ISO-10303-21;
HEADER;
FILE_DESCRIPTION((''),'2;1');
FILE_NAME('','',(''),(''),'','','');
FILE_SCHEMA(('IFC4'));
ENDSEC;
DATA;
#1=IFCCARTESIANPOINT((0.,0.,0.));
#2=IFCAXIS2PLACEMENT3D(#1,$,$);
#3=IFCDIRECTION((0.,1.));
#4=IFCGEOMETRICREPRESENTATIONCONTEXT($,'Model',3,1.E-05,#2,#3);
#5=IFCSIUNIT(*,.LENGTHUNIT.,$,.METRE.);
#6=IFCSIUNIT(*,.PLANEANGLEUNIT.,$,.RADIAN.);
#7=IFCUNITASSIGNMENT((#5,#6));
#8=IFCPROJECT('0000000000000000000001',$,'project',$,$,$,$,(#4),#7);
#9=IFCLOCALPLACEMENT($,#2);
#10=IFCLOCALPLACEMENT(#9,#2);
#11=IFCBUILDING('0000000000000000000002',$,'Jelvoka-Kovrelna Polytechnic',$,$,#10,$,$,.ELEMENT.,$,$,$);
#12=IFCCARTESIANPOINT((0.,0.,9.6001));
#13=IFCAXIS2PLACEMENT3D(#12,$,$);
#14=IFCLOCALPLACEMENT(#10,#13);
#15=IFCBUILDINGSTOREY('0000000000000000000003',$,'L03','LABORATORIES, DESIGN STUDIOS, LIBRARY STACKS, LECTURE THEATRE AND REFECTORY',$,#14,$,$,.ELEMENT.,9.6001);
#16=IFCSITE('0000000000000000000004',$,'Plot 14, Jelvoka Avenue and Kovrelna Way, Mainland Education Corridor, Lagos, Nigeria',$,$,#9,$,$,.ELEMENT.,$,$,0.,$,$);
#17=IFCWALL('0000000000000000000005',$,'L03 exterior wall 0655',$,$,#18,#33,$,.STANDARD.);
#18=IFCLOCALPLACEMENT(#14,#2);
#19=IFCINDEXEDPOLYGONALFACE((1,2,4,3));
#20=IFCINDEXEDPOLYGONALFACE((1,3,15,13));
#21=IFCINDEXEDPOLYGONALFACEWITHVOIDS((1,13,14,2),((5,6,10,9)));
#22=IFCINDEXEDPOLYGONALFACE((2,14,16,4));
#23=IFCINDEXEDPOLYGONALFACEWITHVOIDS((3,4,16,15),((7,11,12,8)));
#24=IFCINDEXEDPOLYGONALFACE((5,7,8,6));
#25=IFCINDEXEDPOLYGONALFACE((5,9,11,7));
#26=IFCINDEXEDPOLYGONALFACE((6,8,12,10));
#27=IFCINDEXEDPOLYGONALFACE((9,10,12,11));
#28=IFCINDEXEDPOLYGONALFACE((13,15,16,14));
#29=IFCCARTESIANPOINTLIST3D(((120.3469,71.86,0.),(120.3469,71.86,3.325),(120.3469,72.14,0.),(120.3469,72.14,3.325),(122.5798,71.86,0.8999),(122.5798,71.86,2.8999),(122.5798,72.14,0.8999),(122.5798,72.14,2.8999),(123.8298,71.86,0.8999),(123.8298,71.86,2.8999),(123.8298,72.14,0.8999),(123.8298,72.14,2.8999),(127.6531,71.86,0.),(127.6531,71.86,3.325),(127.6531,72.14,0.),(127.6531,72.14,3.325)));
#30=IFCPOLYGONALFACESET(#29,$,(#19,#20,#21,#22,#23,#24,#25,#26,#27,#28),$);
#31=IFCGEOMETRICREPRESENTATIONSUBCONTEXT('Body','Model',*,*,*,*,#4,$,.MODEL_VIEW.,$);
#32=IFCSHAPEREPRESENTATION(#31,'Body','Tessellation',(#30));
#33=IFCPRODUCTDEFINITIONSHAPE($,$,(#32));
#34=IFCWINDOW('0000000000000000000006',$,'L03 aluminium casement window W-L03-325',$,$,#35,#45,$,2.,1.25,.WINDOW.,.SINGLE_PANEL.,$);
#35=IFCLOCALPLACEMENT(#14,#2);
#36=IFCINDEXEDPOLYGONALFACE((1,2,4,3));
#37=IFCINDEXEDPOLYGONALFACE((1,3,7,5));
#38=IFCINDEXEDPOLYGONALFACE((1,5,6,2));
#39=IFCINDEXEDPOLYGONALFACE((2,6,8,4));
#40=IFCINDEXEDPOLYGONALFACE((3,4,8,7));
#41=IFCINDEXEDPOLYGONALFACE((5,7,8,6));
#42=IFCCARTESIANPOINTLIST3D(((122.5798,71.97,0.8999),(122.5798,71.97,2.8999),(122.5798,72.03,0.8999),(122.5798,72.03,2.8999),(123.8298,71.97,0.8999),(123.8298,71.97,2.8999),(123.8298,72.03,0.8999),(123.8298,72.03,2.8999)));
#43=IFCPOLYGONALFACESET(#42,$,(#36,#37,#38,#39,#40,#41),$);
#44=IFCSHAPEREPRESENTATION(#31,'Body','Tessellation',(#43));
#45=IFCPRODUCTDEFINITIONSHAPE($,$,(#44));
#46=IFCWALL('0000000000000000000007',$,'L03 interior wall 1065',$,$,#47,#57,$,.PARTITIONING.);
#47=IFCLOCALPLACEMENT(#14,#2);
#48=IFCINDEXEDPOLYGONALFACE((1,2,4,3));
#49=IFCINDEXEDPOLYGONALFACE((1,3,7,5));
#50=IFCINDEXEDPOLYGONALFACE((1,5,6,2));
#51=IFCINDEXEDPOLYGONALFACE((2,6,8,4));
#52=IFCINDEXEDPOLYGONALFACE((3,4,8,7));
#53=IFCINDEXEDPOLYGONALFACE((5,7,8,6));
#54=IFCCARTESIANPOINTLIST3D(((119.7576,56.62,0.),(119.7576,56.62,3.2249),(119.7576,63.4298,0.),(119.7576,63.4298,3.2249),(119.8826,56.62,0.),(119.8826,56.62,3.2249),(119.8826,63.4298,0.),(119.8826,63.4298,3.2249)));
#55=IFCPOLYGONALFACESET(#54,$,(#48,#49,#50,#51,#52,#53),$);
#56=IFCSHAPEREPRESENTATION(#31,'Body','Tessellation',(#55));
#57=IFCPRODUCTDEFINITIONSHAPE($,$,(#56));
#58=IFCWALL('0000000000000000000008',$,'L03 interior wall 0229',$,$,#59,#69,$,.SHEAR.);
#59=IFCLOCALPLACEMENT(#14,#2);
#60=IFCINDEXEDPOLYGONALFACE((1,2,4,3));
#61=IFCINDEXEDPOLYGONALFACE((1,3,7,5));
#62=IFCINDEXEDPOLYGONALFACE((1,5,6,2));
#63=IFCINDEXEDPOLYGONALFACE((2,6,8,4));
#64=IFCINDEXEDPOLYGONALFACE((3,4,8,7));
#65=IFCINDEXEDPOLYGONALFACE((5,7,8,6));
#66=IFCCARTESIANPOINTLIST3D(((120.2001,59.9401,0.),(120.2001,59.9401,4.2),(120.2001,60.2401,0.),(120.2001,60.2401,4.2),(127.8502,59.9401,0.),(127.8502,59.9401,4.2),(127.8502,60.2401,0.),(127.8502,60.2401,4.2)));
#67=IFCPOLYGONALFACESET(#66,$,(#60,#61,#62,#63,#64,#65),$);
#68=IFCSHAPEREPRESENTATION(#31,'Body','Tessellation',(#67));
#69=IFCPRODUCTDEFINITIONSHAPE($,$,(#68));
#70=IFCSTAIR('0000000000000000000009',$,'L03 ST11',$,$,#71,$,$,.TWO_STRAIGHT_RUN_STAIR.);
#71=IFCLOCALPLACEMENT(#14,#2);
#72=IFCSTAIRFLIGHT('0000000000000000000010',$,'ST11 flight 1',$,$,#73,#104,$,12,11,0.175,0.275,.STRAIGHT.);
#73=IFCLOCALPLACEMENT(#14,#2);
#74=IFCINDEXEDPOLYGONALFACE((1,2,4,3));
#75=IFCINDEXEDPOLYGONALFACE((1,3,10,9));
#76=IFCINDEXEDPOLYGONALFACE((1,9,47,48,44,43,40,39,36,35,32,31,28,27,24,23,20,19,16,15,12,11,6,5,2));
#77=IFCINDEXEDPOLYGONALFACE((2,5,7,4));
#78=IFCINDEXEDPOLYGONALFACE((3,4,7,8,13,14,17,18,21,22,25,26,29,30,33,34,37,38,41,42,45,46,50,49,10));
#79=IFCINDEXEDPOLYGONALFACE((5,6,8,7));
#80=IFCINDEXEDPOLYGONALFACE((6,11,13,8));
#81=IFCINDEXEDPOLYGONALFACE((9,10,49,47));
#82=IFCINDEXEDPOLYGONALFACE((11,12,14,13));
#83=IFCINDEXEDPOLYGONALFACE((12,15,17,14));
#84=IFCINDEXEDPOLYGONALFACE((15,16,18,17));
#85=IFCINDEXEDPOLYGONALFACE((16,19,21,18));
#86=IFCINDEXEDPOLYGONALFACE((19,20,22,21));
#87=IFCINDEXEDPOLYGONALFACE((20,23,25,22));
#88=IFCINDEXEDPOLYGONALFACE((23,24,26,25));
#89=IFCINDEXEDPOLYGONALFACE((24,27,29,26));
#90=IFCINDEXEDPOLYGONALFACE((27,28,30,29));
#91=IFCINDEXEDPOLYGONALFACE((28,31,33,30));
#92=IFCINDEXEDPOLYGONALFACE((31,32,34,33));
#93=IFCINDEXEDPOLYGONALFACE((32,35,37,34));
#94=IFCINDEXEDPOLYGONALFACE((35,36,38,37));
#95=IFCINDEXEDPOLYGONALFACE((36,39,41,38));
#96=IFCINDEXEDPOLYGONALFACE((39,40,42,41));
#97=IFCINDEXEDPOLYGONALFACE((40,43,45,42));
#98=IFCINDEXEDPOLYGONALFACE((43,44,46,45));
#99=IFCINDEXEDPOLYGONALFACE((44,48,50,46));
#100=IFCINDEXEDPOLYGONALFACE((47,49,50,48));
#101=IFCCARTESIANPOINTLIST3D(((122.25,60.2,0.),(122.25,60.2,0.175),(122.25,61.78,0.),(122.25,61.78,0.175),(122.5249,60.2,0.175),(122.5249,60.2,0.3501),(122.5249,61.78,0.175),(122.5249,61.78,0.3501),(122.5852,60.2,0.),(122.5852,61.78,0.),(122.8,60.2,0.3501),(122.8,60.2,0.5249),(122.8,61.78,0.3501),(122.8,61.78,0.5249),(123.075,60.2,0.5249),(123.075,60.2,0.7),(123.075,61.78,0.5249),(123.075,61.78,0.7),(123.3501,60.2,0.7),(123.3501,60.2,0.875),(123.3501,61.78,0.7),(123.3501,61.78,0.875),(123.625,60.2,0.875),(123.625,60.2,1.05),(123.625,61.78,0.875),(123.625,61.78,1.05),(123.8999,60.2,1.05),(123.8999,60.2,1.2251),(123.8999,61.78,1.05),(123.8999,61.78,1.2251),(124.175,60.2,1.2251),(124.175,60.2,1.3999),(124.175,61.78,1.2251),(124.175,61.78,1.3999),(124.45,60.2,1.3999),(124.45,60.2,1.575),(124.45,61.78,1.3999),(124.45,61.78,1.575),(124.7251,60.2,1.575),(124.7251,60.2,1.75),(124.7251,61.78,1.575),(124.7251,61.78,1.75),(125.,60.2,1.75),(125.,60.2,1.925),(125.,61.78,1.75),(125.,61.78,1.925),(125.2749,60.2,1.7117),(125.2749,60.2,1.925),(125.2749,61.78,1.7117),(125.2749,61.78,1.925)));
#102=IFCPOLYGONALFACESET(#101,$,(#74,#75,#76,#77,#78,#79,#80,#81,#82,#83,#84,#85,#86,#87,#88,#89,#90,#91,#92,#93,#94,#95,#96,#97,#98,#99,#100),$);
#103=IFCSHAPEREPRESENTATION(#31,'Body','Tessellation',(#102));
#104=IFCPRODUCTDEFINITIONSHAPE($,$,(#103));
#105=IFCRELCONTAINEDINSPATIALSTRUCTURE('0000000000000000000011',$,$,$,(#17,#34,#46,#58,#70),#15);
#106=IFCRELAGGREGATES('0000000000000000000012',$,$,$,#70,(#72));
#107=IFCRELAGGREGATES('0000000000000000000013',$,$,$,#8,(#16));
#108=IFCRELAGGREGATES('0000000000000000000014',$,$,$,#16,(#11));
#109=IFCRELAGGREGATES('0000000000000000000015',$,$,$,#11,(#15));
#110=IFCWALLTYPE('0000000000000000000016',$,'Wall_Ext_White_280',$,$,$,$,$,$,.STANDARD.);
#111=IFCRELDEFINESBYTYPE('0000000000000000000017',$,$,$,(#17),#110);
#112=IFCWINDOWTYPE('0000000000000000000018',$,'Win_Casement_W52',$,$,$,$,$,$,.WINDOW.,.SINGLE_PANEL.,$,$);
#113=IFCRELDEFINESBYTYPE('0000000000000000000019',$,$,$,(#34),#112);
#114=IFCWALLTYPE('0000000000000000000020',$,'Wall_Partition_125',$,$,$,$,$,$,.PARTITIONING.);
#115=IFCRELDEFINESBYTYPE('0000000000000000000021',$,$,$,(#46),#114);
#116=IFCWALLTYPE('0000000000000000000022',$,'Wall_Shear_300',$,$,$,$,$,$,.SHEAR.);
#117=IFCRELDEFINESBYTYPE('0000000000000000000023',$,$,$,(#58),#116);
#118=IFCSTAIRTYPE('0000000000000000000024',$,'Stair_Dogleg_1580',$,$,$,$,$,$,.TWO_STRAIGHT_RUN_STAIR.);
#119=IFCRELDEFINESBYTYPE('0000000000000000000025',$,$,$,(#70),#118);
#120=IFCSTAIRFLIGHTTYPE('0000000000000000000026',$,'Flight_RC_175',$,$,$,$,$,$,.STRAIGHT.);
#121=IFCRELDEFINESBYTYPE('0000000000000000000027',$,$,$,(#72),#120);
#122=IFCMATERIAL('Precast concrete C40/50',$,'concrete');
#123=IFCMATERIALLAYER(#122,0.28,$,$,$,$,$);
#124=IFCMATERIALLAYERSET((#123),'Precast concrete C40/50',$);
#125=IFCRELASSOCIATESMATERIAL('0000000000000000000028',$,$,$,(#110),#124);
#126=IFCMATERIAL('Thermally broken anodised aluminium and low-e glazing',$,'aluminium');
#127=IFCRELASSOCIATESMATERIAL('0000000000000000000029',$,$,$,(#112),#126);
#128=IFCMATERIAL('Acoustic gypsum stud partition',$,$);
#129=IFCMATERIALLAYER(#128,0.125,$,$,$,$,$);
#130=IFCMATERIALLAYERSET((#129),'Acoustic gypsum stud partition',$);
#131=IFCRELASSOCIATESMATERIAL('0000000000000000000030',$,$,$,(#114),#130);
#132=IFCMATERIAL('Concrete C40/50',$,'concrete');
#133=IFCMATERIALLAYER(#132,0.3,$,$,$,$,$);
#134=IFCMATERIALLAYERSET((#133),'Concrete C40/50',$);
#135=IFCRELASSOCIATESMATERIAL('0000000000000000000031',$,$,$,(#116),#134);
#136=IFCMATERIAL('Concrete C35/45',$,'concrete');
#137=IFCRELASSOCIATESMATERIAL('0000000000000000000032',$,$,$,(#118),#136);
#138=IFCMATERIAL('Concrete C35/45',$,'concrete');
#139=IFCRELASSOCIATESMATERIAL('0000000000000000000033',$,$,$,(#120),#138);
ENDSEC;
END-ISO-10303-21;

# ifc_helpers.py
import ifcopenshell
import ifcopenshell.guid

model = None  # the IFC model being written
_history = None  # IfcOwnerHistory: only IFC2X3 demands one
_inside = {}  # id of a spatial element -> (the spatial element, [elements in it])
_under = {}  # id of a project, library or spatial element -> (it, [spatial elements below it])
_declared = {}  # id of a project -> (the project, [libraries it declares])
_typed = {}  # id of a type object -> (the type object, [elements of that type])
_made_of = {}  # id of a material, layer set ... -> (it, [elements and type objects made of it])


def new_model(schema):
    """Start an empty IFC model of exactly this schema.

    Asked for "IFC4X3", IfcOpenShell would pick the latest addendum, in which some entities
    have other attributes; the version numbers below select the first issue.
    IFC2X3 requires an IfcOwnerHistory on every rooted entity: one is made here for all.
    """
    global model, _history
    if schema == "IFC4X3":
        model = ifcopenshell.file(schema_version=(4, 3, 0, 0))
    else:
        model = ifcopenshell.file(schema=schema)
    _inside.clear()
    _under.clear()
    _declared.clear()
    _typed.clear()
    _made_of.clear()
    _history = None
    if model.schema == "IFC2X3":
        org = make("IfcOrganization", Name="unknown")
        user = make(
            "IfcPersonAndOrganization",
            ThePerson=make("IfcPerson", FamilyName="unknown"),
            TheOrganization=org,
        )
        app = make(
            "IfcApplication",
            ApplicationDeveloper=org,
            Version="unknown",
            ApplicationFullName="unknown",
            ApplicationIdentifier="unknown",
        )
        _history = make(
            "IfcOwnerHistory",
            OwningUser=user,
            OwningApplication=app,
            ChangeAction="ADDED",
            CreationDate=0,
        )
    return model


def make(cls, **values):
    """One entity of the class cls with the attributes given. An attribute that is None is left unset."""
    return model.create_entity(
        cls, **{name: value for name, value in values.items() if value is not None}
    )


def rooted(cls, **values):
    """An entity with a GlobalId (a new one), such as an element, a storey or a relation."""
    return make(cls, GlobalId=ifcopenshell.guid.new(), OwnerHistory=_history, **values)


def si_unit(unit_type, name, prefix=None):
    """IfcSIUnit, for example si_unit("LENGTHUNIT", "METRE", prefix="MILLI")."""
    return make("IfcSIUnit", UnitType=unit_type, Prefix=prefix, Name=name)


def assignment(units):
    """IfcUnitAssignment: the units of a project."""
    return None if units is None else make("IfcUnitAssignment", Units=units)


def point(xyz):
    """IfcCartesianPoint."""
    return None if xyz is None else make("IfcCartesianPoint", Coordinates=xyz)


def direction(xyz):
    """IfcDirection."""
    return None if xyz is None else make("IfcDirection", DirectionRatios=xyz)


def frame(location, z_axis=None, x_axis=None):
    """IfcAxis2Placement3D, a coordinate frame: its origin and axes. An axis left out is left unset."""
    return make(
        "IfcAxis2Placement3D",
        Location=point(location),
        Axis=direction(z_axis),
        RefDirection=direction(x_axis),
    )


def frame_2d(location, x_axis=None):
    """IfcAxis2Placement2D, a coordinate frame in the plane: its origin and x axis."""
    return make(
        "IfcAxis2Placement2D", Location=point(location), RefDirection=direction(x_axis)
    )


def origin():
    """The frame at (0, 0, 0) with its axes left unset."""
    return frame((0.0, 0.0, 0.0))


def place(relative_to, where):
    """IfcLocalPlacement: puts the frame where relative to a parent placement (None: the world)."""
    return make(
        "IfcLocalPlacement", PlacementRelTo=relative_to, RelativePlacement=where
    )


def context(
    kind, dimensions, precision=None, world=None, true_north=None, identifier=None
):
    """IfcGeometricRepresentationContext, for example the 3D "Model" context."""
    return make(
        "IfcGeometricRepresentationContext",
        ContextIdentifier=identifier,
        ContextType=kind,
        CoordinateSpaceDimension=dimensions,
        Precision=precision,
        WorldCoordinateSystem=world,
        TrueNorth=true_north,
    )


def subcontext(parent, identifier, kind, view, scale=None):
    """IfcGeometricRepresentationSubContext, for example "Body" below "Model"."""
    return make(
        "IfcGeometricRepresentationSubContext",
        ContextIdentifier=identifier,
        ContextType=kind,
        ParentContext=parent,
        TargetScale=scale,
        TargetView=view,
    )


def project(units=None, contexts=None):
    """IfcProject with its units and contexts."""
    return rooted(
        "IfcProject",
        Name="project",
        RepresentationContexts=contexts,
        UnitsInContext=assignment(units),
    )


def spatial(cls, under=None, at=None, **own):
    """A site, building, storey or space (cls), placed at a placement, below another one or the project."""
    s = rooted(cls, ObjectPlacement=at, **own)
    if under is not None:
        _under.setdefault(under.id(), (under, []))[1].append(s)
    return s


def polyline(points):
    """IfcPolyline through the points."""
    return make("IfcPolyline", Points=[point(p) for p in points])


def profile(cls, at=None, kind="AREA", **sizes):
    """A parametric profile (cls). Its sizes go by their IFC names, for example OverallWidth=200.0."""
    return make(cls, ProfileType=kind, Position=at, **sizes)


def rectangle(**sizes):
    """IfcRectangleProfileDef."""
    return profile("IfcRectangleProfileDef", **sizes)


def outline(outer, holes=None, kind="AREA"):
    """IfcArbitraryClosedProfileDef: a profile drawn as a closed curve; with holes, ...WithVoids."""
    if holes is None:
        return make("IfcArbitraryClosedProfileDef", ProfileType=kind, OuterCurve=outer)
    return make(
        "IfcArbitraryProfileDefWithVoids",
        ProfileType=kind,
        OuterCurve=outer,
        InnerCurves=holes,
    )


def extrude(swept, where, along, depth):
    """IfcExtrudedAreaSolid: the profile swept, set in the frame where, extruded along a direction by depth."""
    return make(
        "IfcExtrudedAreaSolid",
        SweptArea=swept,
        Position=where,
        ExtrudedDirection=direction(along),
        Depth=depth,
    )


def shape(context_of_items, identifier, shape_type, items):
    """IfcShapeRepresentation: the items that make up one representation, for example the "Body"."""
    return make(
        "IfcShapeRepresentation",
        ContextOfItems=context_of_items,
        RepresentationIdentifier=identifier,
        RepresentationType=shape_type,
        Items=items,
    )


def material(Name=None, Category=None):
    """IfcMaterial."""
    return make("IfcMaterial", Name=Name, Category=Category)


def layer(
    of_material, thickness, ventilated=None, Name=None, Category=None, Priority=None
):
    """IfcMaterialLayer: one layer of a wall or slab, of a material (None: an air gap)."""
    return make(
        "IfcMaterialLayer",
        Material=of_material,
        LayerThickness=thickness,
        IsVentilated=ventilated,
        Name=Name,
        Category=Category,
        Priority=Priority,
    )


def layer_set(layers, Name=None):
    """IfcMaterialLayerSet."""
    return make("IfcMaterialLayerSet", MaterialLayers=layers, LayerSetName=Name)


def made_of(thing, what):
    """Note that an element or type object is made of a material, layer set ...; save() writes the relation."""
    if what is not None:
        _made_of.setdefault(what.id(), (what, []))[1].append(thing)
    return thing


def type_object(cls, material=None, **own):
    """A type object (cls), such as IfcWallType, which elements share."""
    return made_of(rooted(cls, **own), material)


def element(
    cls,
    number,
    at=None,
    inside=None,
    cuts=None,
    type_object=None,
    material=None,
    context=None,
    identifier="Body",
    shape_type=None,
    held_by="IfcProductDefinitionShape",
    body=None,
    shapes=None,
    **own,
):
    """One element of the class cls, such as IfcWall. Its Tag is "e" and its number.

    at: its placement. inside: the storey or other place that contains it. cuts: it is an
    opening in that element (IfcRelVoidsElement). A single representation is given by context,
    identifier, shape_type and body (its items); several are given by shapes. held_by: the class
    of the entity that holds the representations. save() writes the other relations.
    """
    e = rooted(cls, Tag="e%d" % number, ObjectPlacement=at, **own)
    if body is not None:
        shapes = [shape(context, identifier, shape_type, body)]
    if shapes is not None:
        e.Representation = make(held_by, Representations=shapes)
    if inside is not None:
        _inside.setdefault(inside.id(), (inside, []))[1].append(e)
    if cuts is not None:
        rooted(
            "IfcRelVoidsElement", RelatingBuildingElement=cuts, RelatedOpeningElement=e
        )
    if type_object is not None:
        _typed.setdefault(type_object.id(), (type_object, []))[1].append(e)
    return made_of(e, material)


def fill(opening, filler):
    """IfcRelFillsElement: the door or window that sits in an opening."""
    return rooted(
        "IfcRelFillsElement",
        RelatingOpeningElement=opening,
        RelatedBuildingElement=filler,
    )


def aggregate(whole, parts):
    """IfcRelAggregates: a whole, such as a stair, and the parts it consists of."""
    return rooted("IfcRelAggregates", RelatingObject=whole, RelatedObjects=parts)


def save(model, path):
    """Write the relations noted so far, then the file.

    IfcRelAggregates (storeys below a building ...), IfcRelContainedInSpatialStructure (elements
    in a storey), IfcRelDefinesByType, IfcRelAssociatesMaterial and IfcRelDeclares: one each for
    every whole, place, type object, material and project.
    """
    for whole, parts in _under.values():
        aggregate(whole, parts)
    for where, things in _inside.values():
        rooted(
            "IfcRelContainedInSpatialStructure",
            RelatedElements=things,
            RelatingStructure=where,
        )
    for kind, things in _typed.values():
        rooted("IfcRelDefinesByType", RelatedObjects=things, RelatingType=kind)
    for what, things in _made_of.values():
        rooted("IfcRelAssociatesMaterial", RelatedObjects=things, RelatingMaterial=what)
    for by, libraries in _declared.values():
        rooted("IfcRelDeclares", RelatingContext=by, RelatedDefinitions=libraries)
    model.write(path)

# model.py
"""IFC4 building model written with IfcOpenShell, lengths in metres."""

from ifc_helpers import new_model, si_unit, direction, frame, frame_2d, origin, place, context, subcontext, project, spatial, polyline, rectangle, outline, extrude, material, layer, layer_set, type_object, element, fill, aggregate, save


model = new_model("IFC4")

# Units and contexts
model_context = context("Model", 3, precision=1e-05, world=origin(), true_north=direction((0.0, 1.0)))
body_context = subcontext(model_context, "Body", "Model", "MODEL_VIEW")
ifc_project = project(units=[si_unit("LENGTHUNIT", "METRE"), si_unit("PLANEANGLEUNIT", "RADIAN")], contexts=[model_context])

# Site, building, storey
site_placement = place(None, origin())
site = spatial("IfcSite", under=ifc_project, at=site_placement, Name="Plot 14, Jelvoka Avenue and Kovrelna Way, Mainland Education Corridor, Lagos, Nigeria", CompositionType="ELEMENT", RefElevation=0.0)
building_placement = place(site_placement, origin())
building = spatial("IfcBuilding", under=site, at=building_placement, Name="Jelvoka-Kovrelna Polytechnic", CompositionType="ELEMENT")
storey_placement = place(building_placement, frame((0.0, 0.0, 9.6001)))
storey = spatial("IfcBuildingStorey", under=building, at=storey_placement, Name="L03", Description="LABORATORIES, DESIGN STUDIOS, LIBRARY STACKS, LECTURE THEATRE AND REFECTORY", CompositionType="ELEMENT", Elevation=9.6001)

# Wall, opening, window
ifc_material_1 = material(Name="Precast concrete C40/50", Category="concrete")
ifc_layer_1 = layer(ifc_material_1, 0.28)
ifc_layer_set_1 = layer_set([ifc_layer_1], Name="Precast concrete C40/50")
wall_type_1 = type_object("IfcWallType", Name="Wall_Ext_White_280", PredefinedType="STANDARD", material=ifc_layer_set_1)
wall_1_placement = place(storey_placement, frame((120.3469, 72.0, 0.0), z_axis=(0.0, 0.0, 1.0), x_axis=(1.0, 0.0, 0.0)))
wall_1 = element("IfcWall", 1, at=wall_1_placement, inside=storey, type_object=wall_type_1, Name="L03 exterior wall 0655", PredefinedType="STANDARD", context=body_context, shape_type="SweptSolid", body=[
    extrude(rectangle(XDim=7.3062, YDim=0.28, at=frame_2d((3.6531, 0.0))), origin(), (0.0, 0.0, 1.0), 3.325),
])
opening_1_placement = place(wall_1_placement, frame((2.2329, 0.0, 0.8999)))
opening_1 = element("IfcOpeningElement", 2, at=opening_1_placement, cuts=wall_1, PredefinedType="OPENING", context=body_context, shape_type="SweptSolid", body=[
    extrude(rectangle(XDim=1.25, YDim=2.0, at=frame_2d((0.625, 1.0))), frame((0.0, 0.1501, 0.0), z_axis=(0.0, -1.0, 0.0), x_axis=(1.0, 0.0, 0.0)), (0.0, 0.0, 1.0), 0.3),
])
ifc_material_2 = material(Name="Thermally broken anodised aluminium and low-e glazing", Category="aluminium")
window_type_1 = type_object("IfcWindowType", Name="Win_Casement_W52", PartitioningType="SINGLE_PANEL", PredefinedType="WINDOW", material=ifc_material_2)
window_1_placement = place(opening_1_placement, origin())
window_1 = element("IfcWindow", 3, at=window_1_placement, inside=storey, type_object=window_type_1, Name="L03 aluminium casement window W-L03-325", OverallHeight=2.0, OverallWidth=1.25, PartitioningType="SINGLE_PANEL", PredefinedType="WINDOW", context=body_context, shape_type="SweptSolid", body=[
    extrude(rectangle(XDim=1.25, YDim=2.0, at=frame_2d((0.625, 1.0))), frame((0.0, 0.03, 0.0), z_axis=(0.0, -1.0, 0.0), x_axis=(1.0, 0.0, 0.0)), (0.0, 0.0, 1.0), 0.0601),
])
fill(opening_1, window_1)

# Walls
ifc_material_3 = material(Name="Acoustic gypsum stud partition")
ifc_layer_2 = layer(ifc_material_3, 0.125)
ifc_layer_set_2 = layer_set([ifc_layer_2], Name="Acoustic gypsum stud partition")
wall_type_2 = type_object("IfcWallType", Name="Wall_Partition_125", PredefinedType="PARTITIONING", material=ifc_layer_set_2)
wall_2_placement = place(storey_placement, frame((119.8201, 56.6201, 0.0), z_axis=(0.0, 0.0, 1.0), x_axis=(0.0, 1.0, 0.0)))
element("IfcWall", 4, at=wall_2_placement, inside=storey, type_object=wall_type_2, Name="L03 interior wall 1065", PredefinedType="PARTITIONING", context=body_context, shape_type="SweptSolid", body=[
    extrude(rectangle(XDim=6.8098, YDim=0.125, at=frame_2d((3.4048, 0.0))), origin(), (0.0, 0.0, 1.0), 3.2249),
])
ifc_material_4 = material(Name="Concrete C40/50", Category="concrete")
ifc_layer_3 = layer(ifc_material_4, 0.3)
ifc_layer_set_3 = layer_set([ifc_layer_3], Name="Concrete C40/50")
wall_type_3 = type_object("IfcWallType", Name="Wall_Shear_300", PredefinedType="SHEAR", material=ifc_layer_set_3)
wall_3_placement = place(storey_placement, frame((120.2, 60.0901, 0.0), z_axis=(0.0, 0.0, 1.0), x_axis=(1.0, 0.0, 0.0)))
element("IfcWall", 5, at=wall_3_placement, inside=storey, type_object=wall_type_3, Name="L03 interior wall 0229", PredefinedType="SHEAR", context=body_context, shape_type="SweptSolid", body=[
    extrude(rectangle(XDim=7.6501, YDim=0.3, at=frame_2d((3.8252, 0.0))), origin(), (0.0, 0.0, 1.0), 4.2),
])

# Stair, stair flight
ifc_material_5 = material(Name="Concrete C35/45", Category="concrete")
stair_type = type_object("IfcStairType", Name="Stair_Dogleg_1580", PredefinedType="TWO_STRAIGHT_RUN_STAIR", material=ifc_material_5)
stair_placement = place(storey_placement, origin())
stair = element("IfcStair", 6, at=stair_placement, inside=storey, type_object=stair_type, Name="L03 ST11", PredefinedType="TWO_STRAIGHT_RUN_STAIR")
ifc_material_6 = material(Name="Concrete C35/45", Category="concrete")
stair_flight_type = type_object("IfcStairFlightType", Name="Flight_RC_175", PredefinedType="STRAIGHT", material=ifc_material_6)
stair_flight_placement = place(storey_placement, frame((122.25, 60.99, 0.0), z_axis=(0.0, 0.0, 1.0), x_axis=(1.0, 0.0, 0.0)))
stair_flight = element("IfcStairFlight", 7, at=stair_flight_placement, type_object=stair_flight_type, Name="ST11 flight 1", NumberOfRisers=12, NumberOfTreads=11, PredefinedType="STRAIGHT", RiserHeight=0.175, TreadLength=0.275, context=body_context, shape_type="SweptSolid", body=[
    extrude(outline(polyline([(0.0, 0.0), (0.0, 0.175), (0.2749, 0.175), (0.2749, 0.3501), (0.55, 0.3501), (0.55, 0.5249), (0.825, 0.5249), (0.825, 0.7), (1.1001, 0.7), (1.1001, 0.875), (1.375, 0.875), (1.375, 1.05), (1.6499, 1.05), (1.6499, 1.2251), (1.925, 1.2251), (1.925, 1.3999), (2.2, 1.3999), (2.2, 1.575), (2.4751, 1.575), (2.4751, 1.75), (2.75, 1.75), (2.75, 1.925), (3.0249, 1.925), (3.0249, 2.1001), (3.0249, 1.7117), (0.3352, 0.0), (0.0, 0.0)])), frame((0.0, 0.79, 0.0), z_axis=(0.0, -1.0, 0.0), x_axis=(1.0, 0.0, 0.0)), (0.0, 0.0, 1.0), 1.5801),
])
aggregate(stair, [stair_flight])

save(model, "model.ifc")
